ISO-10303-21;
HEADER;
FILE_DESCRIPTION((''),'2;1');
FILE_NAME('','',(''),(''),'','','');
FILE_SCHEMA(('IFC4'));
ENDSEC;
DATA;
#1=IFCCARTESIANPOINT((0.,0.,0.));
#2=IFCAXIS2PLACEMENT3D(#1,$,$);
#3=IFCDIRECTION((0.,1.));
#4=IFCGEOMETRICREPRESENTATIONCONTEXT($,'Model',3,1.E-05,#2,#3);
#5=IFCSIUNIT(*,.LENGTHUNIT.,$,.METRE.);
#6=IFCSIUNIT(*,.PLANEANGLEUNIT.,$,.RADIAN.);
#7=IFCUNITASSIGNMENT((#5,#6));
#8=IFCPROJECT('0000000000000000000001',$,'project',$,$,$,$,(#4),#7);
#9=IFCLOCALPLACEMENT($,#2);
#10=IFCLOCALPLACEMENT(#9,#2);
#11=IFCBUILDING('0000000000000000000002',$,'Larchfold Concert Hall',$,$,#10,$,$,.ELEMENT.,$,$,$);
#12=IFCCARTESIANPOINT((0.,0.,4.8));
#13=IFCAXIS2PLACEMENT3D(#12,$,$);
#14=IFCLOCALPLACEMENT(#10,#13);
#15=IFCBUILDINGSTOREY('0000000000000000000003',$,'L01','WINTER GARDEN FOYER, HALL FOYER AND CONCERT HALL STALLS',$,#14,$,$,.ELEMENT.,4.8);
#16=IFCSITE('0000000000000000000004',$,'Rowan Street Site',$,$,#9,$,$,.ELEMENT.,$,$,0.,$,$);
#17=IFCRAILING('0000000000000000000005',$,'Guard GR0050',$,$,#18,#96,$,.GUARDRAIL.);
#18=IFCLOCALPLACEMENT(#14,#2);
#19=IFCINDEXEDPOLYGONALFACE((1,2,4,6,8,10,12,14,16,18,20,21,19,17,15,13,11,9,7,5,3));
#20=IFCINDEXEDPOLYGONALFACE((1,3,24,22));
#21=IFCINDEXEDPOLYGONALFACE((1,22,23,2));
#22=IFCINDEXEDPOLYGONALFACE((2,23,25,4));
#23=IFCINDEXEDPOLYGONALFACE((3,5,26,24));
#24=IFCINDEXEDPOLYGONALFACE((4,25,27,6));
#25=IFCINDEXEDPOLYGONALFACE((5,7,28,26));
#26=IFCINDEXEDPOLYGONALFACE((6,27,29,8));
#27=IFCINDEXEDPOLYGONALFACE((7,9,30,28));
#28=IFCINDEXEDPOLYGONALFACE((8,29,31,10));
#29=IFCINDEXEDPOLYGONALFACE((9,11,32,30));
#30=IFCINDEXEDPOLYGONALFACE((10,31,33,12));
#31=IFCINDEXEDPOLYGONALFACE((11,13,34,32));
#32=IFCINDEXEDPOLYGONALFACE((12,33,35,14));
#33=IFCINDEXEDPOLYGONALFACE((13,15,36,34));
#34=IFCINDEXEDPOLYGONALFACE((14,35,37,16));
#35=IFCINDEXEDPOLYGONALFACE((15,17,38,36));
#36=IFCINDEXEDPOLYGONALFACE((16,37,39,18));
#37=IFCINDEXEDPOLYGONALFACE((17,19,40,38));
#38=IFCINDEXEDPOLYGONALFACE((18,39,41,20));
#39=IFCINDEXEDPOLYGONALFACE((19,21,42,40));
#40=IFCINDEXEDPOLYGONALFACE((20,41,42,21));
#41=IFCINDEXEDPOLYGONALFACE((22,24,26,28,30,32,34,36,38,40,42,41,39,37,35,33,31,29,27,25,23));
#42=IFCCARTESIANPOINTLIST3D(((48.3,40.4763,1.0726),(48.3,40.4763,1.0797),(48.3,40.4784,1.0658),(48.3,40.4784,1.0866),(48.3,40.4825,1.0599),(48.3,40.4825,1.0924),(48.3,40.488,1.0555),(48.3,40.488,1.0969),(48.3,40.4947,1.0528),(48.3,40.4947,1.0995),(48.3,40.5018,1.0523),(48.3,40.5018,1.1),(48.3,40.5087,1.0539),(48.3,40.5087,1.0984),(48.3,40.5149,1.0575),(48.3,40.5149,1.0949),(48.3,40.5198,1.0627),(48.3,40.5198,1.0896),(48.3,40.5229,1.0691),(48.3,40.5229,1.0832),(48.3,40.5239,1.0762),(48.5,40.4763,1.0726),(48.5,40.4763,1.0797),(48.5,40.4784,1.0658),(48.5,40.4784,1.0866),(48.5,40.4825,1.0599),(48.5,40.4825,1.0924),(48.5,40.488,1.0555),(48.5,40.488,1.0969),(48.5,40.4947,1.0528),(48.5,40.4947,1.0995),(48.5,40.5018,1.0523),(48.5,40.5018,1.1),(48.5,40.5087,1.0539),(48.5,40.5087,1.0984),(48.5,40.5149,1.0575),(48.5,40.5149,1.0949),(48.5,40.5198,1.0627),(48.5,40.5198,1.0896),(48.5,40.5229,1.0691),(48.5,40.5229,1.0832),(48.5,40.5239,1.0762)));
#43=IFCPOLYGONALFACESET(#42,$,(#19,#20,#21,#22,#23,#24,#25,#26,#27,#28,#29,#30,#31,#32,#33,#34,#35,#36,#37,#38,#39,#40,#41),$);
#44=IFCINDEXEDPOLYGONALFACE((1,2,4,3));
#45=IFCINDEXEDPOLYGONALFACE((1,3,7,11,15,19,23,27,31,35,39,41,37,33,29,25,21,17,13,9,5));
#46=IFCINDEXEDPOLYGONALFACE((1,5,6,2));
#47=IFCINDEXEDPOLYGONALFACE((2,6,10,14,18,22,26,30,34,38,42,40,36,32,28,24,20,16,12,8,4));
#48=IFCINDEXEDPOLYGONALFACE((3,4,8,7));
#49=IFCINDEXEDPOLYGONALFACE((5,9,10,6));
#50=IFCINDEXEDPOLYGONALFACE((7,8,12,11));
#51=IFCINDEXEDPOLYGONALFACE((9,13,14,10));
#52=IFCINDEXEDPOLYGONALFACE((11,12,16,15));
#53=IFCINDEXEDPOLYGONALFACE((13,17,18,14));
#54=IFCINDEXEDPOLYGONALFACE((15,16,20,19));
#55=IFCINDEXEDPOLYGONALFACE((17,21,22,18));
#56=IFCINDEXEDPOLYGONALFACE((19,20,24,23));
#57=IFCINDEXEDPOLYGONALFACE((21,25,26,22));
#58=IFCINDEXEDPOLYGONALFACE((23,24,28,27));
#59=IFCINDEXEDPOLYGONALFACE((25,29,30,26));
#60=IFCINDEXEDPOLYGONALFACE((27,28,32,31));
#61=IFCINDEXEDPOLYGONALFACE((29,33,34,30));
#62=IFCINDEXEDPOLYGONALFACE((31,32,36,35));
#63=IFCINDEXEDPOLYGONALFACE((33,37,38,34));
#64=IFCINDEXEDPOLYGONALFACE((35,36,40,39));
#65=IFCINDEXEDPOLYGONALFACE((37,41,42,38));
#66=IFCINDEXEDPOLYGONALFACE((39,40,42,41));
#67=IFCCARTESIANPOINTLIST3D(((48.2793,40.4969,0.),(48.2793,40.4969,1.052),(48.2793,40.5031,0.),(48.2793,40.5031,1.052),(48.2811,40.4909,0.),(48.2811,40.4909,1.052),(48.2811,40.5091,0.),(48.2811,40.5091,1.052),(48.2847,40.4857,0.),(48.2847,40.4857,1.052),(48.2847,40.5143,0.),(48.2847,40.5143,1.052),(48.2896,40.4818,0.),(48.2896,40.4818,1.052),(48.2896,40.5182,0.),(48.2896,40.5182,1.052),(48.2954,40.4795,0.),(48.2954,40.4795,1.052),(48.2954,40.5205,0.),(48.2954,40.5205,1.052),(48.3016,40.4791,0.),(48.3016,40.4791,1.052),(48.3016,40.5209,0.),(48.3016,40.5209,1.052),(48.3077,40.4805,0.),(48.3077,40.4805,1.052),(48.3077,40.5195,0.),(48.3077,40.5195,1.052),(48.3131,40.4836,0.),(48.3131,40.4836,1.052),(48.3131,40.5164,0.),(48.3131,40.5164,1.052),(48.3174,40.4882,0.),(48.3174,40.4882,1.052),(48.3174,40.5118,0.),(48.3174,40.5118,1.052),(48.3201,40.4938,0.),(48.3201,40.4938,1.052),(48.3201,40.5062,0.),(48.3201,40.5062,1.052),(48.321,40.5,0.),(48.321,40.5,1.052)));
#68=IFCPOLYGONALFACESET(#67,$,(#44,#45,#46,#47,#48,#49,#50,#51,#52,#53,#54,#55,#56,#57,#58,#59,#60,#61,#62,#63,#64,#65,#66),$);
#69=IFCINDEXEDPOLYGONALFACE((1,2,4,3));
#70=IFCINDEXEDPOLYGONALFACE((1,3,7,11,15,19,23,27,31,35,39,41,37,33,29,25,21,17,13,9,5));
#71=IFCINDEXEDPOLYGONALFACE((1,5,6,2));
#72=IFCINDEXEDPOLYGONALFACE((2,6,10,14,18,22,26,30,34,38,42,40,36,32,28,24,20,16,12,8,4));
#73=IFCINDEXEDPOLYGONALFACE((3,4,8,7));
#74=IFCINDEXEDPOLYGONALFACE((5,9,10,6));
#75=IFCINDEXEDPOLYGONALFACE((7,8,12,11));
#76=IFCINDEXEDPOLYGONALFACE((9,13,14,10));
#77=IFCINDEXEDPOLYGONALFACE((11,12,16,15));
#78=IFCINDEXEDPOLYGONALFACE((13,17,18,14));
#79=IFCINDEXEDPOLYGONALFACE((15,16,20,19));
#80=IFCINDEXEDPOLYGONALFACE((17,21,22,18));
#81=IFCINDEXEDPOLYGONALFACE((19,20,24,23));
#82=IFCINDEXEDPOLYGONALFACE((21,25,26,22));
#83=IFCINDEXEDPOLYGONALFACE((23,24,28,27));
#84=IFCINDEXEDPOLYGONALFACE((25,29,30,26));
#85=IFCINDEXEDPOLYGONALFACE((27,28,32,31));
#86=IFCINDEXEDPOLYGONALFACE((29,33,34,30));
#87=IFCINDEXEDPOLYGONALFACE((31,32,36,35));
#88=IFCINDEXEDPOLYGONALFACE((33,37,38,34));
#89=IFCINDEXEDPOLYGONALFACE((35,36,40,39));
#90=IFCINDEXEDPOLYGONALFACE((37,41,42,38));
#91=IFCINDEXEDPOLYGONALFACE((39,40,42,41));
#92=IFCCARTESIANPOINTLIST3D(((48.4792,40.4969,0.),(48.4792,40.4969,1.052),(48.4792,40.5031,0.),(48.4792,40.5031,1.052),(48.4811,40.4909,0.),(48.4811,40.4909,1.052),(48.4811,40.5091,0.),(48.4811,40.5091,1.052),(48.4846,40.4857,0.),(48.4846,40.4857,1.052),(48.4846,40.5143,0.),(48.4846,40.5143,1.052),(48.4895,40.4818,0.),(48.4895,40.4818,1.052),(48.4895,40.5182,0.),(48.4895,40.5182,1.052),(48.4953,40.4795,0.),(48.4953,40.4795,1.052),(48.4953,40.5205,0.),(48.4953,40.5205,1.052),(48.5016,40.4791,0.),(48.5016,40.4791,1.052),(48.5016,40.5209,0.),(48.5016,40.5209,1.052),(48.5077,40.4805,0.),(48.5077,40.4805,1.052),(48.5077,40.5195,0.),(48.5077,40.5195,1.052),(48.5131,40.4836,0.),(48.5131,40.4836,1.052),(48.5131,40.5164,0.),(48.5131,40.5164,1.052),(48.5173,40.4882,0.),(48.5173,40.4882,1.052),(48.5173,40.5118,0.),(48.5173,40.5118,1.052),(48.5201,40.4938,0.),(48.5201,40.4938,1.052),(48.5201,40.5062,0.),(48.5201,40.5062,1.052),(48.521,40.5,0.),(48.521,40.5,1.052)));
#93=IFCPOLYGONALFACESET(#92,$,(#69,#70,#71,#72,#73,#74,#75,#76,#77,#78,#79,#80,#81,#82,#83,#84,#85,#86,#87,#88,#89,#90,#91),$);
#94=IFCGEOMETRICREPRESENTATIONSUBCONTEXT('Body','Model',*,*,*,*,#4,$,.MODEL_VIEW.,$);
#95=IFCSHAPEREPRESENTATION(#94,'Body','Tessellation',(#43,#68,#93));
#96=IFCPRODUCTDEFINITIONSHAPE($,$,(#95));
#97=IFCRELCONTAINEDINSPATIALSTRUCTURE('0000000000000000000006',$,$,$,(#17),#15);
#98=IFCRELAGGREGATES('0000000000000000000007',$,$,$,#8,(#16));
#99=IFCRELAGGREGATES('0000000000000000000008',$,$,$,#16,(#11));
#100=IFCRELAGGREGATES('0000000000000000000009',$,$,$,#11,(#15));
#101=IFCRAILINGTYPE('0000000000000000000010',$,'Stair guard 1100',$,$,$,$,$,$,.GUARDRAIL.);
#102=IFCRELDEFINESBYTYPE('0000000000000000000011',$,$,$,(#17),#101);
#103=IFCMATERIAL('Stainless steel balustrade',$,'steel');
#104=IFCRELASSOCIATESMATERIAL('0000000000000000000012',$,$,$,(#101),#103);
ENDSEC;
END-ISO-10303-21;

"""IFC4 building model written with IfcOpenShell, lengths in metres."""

from ifc_helpers import new_model, si_unit, direction, frame, origin, origin_2d, place, context, subcontext, project, spatial, circle, extrude, material, type_object, element, save


model = new_model("IFC4")

# Units and contexts
model_context = context("Model", 3, precision=1e-05, world=origin(), true_north=direction((0.0, 1.0)))
body_context = subcontext(model_context, "Body", "Model", "MODEL_VIEW")
ifc_project = project(units=[si_unit("LENGTHUNIT", "METRE"), si_unit("PLANEANGLEUNIT", "RADIAN")], contexts=[model_context])

# Site, building, storey
site_placement = place(None, origin())
site = spatial("IfcSite", under=ifc_project, at=site_placement, Name="Rowan Street Site", CompositionType="ELEMENT", RefElevation=0.0)
building_placement = place(site_placement, origin())
building = spatial("IfcBuilding", under=site, at=building_placement, Name="Larchfold Concert Hall", CompositionType="ELEMENT")
storey_placement = place(building_placement, frame((0.0, 0.0, 4.8)))
storey = spatial("IfcBuildingStorey", under=building, at=storey_placement, Name="L01", Description="WINTER GARDEN FOYER, HALL FOYER AND CONCERT HALL STALLS", CompositionType="ELEMENT", Elevation=4.8)

# Railing
ifc_material_1 = material(Name="Stainless steel balustrade", Category="steel")
railing_type_1 = type_object("IfcRailingType", Name="Stair guard 1100", PredefinedType="GUARDRAIL", material=ifc_material_1)
railing_1_placement = place(storey_placement, frame((48.3, 40.5, 0.0)))
element("IfcRailing", 1, at=railing_1_placement, inside=storey, type_object=railing_type_1, Name="Guard GR0050", PredefinedType="GUARDRAIL", context=body_context, shape_type="SweptSolid", body=[
    extrude(circle(Radius=0.0239, at=origin_2d()), frame((0.0, 0.0, 1.0762), z_axis=(1.0, 0.0, 0.0), x_axis=(0.0, 1.0, 0.0)), (0.0, 0.0, 1.0), 0.2),
    extrude(circle(Radius=0.021, at=origin_2d()), origin(), (0.0, 0.0, 1.0), 1.052),
    extrude(circle(Radius=0.021, at=origin_2d()), frame((0.2, 0.0, 0.0)), (0.0, 0.0, 1.0), 1.052),
])

save(model, "model.ifc")
